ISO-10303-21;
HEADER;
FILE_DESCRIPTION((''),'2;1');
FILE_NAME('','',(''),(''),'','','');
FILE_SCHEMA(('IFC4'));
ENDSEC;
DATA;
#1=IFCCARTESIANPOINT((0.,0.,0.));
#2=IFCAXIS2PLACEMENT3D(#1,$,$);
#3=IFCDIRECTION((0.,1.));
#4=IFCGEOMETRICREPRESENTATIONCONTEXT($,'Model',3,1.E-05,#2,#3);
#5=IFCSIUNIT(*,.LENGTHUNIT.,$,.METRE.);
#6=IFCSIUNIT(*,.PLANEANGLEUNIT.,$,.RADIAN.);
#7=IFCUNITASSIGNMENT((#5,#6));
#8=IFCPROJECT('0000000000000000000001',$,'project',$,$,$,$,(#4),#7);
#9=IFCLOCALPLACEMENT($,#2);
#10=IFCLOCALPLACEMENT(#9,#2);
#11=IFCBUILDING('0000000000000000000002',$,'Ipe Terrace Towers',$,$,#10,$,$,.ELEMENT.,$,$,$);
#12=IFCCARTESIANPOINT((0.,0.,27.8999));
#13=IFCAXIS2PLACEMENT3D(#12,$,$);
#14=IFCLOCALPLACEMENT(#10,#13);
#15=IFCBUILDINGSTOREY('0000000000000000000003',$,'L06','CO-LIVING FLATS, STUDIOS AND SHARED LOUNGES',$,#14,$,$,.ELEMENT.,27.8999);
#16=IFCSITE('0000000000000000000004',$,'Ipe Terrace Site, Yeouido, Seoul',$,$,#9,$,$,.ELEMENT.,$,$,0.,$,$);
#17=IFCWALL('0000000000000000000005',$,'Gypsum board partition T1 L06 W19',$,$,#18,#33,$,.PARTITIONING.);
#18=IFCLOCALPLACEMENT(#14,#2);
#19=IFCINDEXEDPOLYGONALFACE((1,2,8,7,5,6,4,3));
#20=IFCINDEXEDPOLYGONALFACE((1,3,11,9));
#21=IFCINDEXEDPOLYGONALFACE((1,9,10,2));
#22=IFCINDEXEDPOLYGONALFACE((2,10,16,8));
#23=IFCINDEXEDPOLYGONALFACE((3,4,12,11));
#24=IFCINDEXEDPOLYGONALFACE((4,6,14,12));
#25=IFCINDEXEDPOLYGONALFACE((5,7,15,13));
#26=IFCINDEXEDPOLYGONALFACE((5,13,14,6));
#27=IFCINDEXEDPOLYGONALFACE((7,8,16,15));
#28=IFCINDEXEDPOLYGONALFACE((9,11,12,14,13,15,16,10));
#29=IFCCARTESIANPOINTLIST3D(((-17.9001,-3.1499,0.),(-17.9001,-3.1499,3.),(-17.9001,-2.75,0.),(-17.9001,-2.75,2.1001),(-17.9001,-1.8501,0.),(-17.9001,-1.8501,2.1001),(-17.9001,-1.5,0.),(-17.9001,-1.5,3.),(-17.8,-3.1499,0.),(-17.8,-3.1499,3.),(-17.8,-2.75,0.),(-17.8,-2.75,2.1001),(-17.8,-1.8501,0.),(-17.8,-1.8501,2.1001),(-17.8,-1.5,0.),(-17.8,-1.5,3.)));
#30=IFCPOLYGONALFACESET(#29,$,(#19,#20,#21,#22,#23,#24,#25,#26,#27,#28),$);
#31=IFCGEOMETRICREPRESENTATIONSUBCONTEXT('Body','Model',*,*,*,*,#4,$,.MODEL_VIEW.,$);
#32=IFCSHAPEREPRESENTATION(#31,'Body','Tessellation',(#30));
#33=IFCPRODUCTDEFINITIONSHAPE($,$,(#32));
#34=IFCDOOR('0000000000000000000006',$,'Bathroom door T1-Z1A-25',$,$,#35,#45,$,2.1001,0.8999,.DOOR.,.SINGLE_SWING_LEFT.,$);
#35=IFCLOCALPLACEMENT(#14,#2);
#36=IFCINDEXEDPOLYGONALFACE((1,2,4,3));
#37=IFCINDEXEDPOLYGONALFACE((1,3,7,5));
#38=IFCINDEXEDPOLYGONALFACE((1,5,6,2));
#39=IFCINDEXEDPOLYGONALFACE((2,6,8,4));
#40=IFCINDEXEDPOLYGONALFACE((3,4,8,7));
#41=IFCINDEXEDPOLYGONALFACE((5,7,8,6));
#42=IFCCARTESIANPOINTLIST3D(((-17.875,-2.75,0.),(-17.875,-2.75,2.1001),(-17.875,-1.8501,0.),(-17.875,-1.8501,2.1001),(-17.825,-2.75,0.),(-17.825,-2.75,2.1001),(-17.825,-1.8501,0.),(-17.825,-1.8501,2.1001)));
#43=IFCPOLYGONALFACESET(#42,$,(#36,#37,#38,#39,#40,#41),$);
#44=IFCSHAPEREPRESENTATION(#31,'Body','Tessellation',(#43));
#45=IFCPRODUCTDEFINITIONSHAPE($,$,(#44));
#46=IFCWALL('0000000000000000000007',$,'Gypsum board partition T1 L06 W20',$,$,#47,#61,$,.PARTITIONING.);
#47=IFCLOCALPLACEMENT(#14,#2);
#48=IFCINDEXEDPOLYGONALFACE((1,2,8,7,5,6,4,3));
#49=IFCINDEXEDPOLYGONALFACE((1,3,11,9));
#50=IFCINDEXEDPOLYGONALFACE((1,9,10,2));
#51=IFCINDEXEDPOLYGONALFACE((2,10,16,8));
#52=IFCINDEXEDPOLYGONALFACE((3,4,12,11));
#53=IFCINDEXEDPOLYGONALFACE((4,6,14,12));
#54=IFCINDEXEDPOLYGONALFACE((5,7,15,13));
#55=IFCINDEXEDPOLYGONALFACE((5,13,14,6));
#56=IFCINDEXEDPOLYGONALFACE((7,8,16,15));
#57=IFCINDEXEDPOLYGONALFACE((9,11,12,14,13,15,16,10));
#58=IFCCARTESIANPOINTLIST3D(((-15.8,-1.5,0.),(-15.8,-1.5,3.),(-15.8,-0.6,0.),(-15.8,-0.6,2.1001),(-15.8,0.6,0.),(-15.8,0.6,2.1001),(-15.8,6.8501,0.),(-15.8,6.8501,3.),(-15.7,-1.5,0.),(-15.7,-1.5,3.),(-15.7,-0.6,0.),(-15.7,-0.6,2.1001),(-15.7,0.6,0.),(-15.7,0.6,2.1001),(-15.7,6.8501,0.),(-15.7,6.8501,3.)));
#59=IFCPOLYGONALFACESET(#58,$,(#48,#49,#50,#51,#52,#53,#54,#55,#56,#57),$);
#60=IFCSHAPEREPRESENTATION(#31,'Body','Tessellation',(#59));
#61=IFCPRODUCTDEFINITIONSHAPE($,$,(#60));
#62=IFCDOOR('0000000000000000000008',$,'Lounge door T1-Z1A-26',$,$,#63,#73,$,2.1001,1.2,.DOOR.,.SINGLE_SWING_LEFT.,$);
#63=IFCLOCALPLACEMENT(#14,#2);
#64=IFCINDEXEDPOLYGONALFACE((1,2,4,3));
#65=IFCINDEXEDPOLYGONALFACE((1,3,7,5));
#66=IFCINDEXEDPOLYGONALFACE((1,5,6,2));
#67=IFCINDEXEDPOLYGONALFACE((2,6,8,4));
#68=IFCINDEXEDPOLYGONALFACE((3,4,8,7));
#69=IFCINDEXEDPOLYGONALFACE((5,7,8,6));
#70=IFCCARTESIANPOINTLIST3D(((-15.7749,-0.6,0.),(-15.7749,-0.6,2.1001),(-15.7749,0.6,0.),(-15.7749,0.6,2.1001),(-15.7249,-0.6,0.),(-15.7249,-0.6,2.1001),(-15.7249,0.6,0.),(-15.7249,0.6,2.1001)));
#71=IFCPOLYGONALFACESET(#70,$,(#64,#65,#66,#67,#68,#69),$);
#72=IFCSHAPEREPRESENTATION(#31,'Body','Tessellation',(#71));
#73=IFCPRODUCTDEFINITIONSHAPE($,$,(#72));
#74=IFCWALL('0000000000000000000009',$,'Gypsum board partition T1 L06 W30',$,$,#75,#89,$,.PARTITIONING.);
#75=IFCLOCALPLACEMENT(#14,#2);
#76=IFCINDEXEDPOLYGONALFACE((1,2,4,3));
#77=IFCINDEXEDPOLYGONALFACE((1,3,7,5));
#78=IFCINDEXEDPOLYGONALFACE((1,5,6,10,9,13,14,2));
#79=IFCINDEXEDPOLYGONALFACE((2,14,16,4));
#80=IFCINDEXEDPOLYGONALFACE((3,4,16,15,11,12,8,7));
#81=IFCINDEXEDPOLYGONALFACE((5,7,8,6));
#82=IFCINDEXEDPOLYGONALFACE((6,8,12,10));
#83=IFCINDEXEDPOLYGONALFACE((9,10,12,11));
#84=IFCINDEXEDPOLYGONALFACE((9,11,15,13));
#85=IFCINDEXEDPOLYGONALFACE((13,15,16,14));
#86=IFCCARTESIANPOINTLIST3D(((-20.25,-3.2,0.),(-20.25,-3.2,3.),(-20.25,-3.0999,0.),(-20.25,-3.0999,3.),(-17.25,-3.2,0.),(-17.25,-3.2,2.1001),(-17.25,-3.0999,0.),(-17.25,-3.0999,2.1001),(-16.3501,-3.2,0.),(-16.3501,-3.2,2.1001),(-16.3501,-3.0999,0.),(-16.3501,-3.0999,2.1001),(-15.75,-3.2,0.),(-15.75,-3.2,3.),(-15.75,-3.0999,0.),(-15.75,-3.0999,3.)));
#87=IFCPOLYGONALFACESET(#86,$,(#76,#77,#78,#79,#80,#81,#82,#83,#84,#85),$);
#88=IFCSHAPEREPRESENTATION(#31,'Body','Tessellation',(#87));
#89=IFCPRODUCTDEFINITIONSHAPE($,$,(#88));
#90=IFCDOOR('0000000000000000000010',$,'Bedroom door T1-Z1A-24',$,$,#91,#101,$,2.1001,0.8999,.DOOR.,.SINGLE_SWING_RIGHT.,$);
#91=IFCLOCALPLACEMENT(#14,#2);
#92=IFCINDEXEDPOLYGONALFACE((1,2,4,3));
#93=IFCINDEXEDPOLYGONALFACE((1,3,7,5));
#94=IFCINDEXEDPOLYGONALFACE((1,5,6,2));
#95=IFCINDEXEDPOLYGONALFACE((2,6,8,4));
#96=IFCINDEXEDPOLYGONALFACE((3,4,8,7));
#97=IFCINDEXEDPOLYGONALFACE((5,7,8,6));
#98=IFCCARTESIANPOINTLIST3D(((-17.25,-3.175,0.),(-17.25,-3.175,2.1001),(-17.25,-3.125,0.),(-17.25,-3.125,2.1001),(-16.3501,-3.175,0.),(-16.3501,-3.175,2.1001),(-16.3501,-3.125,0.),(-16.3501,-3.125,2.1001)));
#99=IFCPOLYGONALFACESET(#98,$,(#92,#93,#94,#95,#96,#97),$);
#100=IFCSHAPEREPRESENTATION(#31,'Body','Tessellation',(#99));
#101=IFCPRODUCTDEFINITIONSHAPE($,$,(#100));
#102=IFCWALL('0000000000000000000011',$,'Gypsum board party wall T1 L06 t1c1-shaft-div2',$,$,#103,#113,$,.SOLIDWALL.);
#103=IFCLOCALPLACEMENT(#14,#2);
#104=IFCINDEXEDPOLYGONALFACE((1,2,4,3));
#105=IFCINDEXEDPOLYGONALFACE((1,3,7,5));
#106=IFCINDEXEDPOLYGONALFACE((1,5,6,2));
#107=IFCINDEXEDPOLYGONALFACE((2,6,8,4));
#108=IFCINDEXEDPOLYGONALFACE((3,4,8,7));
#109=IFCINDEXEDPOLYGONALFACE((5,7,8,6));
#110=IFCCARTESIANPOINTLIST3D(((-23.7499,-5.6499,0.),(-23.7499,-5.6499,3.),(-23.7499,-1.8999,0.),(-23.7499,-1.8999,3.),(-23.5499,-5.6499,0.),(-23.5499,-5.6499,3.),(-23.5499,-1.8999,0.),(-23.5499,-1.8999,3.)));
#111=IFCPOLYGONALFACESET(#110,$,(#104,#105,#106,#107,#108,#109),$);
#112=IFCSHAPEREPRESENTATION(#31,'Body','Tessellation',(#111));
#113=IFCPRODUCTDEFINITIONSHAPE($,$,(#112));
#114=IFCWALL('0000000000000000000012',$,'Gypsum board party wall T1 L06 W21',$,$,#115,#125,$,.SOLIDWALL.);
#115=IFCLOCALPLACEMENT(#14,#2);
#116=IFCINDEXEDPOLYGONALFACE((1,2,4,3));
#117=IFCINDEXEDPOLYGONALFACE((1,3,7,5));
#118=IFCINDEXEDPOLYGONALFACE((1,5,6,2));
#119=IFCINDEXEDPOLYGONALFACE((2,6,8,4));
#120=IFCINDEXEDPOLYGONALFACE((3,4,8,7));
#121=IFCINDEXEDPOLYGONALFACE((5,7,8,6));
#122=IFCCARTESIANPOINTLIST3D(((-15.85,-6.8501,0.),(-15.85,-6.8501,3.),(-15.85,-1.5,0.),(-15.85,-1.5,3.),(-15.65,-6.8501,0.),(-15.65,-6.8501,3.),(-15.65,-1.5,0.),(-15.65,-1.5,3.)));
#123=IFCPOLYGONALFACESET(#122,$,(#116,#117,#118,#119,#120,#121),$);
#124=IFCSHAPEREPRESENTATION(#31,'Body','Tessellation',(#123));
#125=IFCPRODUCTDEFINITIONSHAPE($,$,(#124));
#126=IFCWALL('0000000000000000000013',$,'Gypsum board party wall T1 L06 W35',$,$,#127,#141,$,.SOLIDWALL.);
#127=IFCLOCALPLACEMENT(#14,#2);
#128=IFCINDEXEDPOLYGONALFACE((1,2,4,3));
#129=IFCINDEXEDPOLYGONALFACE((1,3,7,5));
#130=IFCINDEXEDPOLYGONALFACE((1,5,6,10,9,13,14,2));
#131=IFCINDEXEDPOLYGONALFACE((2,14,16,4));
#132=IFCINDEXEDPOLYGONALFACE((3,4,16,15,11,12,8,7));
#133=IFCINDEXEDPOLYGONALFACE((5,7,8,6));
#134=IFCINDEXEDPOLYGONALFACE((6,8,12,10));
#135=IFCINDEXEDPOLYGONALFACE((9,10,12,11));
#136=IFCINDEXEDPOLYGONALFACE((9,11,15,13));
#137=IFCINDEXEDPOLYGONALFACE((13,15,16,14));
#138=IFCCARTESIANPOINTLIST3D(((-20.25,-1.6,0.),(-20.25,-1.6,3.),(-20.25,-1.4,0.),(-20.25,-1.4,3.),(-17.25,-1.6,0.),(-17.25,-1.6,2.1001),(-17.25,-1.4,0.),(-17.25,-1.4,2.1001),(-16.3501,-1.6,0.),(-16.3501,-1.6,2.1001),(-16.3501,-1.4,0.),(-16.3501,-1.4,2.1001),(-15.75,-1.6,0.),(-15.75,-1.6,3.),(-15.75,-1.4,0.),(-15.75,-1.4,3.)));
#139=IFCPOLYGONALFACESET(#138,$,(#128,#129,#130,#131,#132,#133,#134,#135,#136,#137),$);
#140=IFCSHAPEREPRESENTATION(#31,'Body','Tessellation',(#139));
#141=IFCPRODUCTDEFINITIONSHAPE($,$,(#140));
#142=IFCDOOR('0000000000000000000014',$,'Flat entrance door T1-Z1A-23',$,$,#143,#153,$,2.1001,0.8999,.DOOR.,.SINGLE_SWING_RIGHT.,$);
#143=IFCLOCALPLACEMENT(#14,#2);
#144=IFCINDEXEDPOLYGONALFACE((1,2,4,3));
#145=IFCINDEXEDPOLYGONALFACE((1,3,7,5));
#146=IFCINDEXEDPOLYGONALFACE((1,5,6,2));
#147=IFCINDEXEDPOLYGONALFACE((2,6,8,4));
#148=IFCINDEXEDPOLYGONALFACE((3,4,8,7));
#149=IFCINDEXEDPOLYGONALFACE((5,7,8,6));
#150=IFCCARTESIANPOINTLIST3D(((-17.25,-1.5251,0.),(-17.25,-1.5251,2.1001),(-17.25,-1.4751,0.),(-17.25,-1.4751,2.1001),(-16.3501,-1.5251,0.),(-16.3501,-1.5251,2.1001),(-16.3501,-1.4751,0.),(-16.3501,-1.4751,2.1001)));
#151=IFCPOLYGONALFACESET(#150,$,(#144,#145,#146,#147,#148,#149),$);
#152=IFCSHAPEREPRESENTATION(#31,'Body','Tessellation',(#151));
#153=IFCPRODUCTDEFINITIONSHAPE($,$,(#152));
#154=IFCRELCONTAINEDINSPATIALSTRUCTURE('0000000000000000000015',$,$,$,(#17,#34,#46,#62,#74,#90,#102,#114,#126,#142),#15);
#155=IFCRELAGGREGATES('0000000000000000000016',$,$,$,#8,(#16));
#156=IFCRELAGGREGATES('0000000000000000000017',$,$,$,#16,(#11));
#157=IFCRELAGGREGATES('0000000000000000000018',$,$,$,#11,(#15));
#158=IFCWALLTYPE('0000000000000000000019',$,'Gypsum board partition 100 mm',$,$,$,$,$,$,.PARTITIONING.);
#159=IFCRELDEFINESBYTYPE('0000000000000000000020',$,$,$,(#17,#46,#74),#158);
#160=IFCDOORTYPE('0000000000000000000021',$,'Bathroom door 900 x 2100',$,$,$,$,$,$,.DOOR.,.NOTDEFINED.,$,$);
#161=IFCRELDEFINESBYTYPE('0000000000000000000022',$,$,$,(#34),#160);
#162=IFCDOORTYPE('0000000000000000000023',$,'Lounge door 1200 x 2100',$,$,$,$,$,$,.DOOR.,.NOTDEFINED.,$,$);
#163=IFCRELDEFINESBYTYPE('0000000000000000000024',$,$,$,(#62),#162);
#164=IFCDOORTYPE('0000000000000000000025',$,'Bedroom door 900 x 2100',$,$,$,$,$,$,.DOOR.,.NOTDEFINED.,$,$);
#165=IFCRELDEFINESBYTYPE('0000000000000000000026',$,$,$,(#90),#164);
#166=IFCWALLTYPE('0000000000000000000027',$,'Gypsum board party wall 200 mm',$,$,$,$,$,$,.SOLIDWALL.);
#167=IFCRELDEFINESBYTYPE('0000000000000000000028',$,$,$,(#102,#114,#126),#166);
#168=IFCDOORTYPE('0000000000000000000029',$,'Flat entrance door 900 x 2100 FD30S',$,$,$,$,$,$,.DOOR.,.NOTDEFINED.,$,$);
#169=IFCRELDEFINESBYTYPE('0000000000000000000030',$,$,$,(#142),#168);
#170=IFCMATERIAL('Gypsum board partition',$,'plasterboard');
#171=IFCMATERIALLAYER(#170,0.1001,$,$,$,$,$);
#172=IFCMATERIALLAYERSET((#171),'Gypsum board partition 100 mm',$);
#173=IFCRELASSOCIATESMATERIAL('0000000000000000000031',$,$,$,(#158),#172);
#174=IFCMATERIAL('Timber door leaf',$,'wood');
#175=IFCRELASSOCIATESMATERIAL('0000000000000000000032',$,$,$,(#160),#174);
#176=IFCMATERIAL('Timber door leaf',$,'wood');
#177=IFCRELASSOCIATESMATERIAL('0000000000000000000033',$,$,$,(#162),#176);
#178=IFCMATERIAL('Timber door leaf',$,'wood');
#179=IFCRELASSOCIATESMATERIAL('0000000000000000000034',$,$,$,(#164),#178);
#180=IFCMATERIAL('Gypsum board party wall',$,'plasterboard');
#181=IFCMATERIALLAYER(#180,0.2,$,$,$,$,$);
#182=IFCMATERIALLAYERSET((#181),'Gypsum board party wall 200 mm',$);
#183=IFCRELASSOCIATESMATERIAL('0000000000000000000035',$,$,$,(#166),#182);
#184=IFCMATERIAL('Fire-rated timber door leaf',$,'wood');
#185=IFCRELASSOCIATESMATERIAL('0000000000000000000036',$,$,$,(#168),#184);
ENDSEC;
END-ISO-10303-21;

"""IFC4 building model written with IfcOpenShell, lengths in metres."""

from ifc_helpers import new_model, si_unit, direction, frame, frame_2d, origin, place, context, subcontext, project, spatial, rectangle, extrude, material, layer, layer_set, type_object, element, fill, save


model = new_model("IFC4")

# Units and contexts
model_context = context("Model", 3, precision=1e-05, world=origin(), true_north=direction((0.0, 1.0)))
body_context = subcontext(model_context, "Body", "Model", "MODEL_VIEW")
ifc_project = project(units=[si_unit("LENGTHUNIT", "METRE"), si_unit("PLANEANGLEUNIT", "RADIAN")], contexts=[model_context])

# Site, building, storey
site_placement = place(None, origin())
site = spatial("IfcSite", under=ifc_project, at=site_placement, Name="Ipe Terrace Site, Yeouido, Seoul", CompositionType="ELEMENT", RefElevation=0.0)
building_placement = place(site_placement, origin())
building = spatial("IfcBuilding", under=site, at=building_placement, Name="Ipe Terrace Towers", CompositionType="ELEMENT")
storey_placement = place(building_placement, frame((0.0, 0.0, 27.8999)))
storey = spatial("IfcBuildingStorey", under=building, at=storey_placement, Name="L06", Description="CO-LIVING FLATS, STUDIOS AND SHARED LOUNGES", CompositionType="ELEMENT", Elevation=27.8999)

# Walls, openings, doors
ifc_material_1 = material(Name="Gypsum board partition", Category="plasterboard")
ifc_layer_1 = layer(ifc_material_1, 0.1001)
ifc_layer_set_1 = layer_set([ifc_layer_1], Name="Gypsum board partition 100 mm")
wall_type_1 = type_object("IfcWallType", Name="Gypsum board partition 100 mm", PredefinedType="PARTITIONING", material=ifc_layer_set_1)
wall_1_placement = place(storey_placement, frame((-17.8501, -3.1499, 0.0), z_axis=(0.0, 0.0, 1.0), x_axis=(0.0, 1.0, 0.0)))
wall_1 = element("IfcWall", 1, at=wall_1_placement, inside=storey, type_object=wall_type_1, Name="Gypsum board partition T1 L06 W19", PredefinedType="PARTITIONING", context=body_context, shape_type="SweptSolid", body=[
    extrude(rectangle(XDim=1.6499, YDim=0.1001, at=frame_2d((0.825, 0.0))), origin(), (0.0, 0.0, 1.0), 3.0),
])
opening_1_placement = place(wall_1_placement, frame((0.3999, 0.0, 0.0)))
opening_1 = element("IfcOpeningElement", 2, at=opening_1_placement, cuts=wall_1, PredefinedType="OPENING", context=body_context, shape_type="SweptSolid", body=[
    extrude(rectangle(XDim=0.8999, YDim=2.1001, at=frame_2d((0.45, 1.05))), frame((0.0, 0.0601, 0.0), z_axis=(0.0, -1.0, 0.0), x_axis=(1.0, 0.0, 0.0)), (0.0, 0.0, 1.0), 0.1201),
])
ifc_material_2 = material(Name="Timber door leaf", Category="wood")
door_type_1 = type_object("IfcDoorType", Name="Bathroom door 900 x 2100", OperationType="NOTDEFINED", PredefinedType="DOOR", material=ifc_material_2)
door_1_placement = place(opening_1_placement, origin())
door_1 = element("IfcDoor", 3, at=door_1_placement, inside=storey, type_object=door_type_1, Name="Bathroom door T1-Z1A-25", OperationType="SINGLE_SWING_LEFT", OverallHeight=2.1001, OverallWidth=0.8999, PredefinedType="DOOR", context=body_context, shape_type="SweptSolid", body=[
    extrude(rectangle(XDim=0.8999, YDim=2.1001, at=frame_2d((0.45, 1.05))), frame((0.0, 0.0249, 0.0), z_axis=(0.0, -1.0, 0.0), x_axis=(1.0, 0.0, 0.0)), (0.0, 0.0, 1.0), 0.05),
])
fill(opening_1, door_1)
wall_2_placement = place(storey_placement, frame((-15.75, -1.5, 0.0), z_axis=(0.0, 0.0, 1.0), x_axis=(0.0, 1.0, 0.0)))
wall_2 = element("IfcWall", 4, at=wall_2_placement, inside=storey, type_object=wall_type_1, Name="Gypsum board partition T1 L06 W20", PredefinedType="PARTITIONING", context=body_context, shape_type="SweptSolid", body=[
    extrude(rectangle(XDim=8.3501, YDim=0.1001, at=frame_2d((4.175, 0.0))), origin(), (0.0, 0.0, 1.0), 3.0),
])
opening_2_placement = place(wall_2_placement, frame((0.8999, 0.0, 0.0)))
opening_2 = element("IfcOpeningElement", 5, at=opening_2_placement, cuts=wall_2, PredefinedType="OPENING", context=body_context, shape_type="SweptSolid", body=[
    extrude(rectangle(XDim=1.2, YDim=2.1001, at=frame_2d((0.6001, 1.05))), frame((0.0, 0.0601, 0.0), z_axis=(0.0, -1.0, 0.0), x_axis=(1.0, 0.0, 0.0)), (0.0, 0.0, 1.0), 0.1201),
])
ifc_material_3 = material(Name="Timber door leaf", Category="wood")
door_type_2 = type_object("IfcDoorType", Name="Lounge door 1200 x 2100", OperationType="NOTDEFINED", PredefinedType="DOOR", material=ifc_material_3)
door_2_placement = place(opening_2_placement, origin())
door_2 = element("IfcDoor", 6, at=door_2_placement, inside=storey, type_object=door_type_2, Name="Lounge door T1-Z1A-26", OperationType="SINGLE_SWING_LEFT", OverallHeight=2.1001, OverallWidth=1.2, PredefinedType="DOOR", context=body_context, shape_type="SweptSolid", body=[
    extrude(rectangle(XDim=1.2, YDim=2.1001, at=frame_2d((0.6001, 1.05))), frame((0.0, 0.0249, 0.0), z_axis=(0.0, -1.0, 0.0), x_axis=(1.0, 0.0, 0.0)), (0.0, 0.0, 1.0), 0.05),
])
fill(opening_2, door_2)
wall_3_placement = place(storey_placement, frame((-20.25, -3.1499, 0.0), z_axis=(0.0, 0.0, 1.0), x_axis=(1.0, 0.0, 0.0)))
wall_3 = element("IfcWall", 7, at=wall_3_placement, inside=storey, type_object=wall_type_1, Name="Gypsum board partition T1 L06 W30", PredefinedType="PARTITIONING", context=body_context, shape_type="SweptSolid", body=[
    extrude(rectangle(XDim=4.5, YDim=0.1001, at=frame_2d((2.25, 0.0))), origin(), (0.0, 0.0, 1.0), 3.0),
])
opening_3_placement = place(wall_3_placement, frame((3.0, 0.0, 0.0)))
opening_3 = element("IfcOpeningElement", 8, at=opening_3_placement, cuts=wall_3, PredefinedType="OPENING", context=body_context, shape_type="SweptSolid", body=[
    extrude(rectangle(XDim=0.8999, YDim=2.1001, at=frame_2d((0.45, 1.05))), frame((0.0, 0.0601, 0.0), z_axis=(0.0, -1.0, 0.0), x_axis=(1.0, 0.0, 0.0)), (0.0, 0.0, 1.0), 0.1201),
])
ifc_material_4 = material(Name="Timber door leaf", Category="wood")
door_type_3 = type_object("IfcDoorType", Name="Bedroom door 900 x 2100", OperationType="NOTDEFINED", PredefinedType="DOOR", material=ifc_material_4)
door_3_placement = place(opening_3_placement, origin())
door_3 = element("IfcDoor", 9, at=door_3_placement, inside=storey, type_object=door_type_3, Name="Bedroom door T1-Z1A-24", OperationType="SINGLE_SWING_RIGHT", OverallHeight=2.1001, OverallWidth=0.8999, PredefinedType="DOOR", context=body_context, shape_type="SweptSolid", body=[
    extrude(rectangle(XDim=0.8999, YDim=2.1001, at=frame_2d((0.45, 1.05))), frame((0.0, 0.0249, 0.0), z_axis=(0.0, -1.0, 0.0), x_axis=(1.0, 0.0, 0.0)), (0.0, 0.0, 1.0), 0.05),
])
fill(opening_3, door_3)

# Walls
ifc_material_5 = material(Name="Gypsum board party wall", Category="plasterboard")
ifc_layer_2 = layer(ifc_material_5, 0.2)
ifc_layer_set_2 = layer_set([ifc_layer_2], Name="Gypsum board party wall 200 mm")
wall_type_2 = type_object("IfcWallType", Name="Gypsum board party wall 200 mm", PredefinedType="SOLIDWALL", material=ifc_layer_set_2)
wall_4_placement = place(storey_placement, frame((-23.6499, -5.6499, 0.0), z_axis=(0.0, 0.0, 1.0), x_axis=(0.0, 1.0, 0.0)))
element("IfcWall", 10, at=wall_4_placement, inside=storey, type_object=wall_type_2, Name="Gypsum board party wall T1 L06 t1c1-shaft-div2", PredefinedType="SOLIDWALL", context=body_context, shape_type="SweptSolid", body=[
    extrude(rectangle(XDim=3.75, YDim=0.2, at=frame_2d((1.875, 0.0))), origin(), (0.0, 0.0, 1.0), 3.0),
])
wall_5_placement = place(storey_placement, frame((-15.75, -6.8501, 0.0), z_axis=(0.0, 0.0, 1.0), x_axis=(0.0, 1.0, 0.0)))
element("IfcWall", 11, at=wall_5_placement, inside=storey, type_object=wall_type_2, Name="Gypsum board party wall T1 L06 W21", PredefinedType="SOLIDWALL", context=body_context, shape_type="SweptSolid", body=[
    extrude(rectangle(XDim=5.3501, YDim=0.2, at=frame_2d((2.675, 0.0))), origin(), (0.0, 0.0, 1.0), 3.0),
])

# Wall, opening, door
wall_6_placement = place(storey_placement, frame((-20.25, -1.5, 0.0), z_axis=(0.0, 0.0, 1.0), x_axis=(1.0, 0.0, 0.0)))
wall_6 = element("IfcWall", 12, at=wall_6_placement, inside=storey, type_object=wall_type_2, Name="Gypsum board party wall T1 L06 W35", PredefinedType="SOLIDWALL", context=body_context, shape_type="SweptSolid", body=[
    extrude(rectangle(XDim=4.5, YDim=0.2, at=frame_2d((2.25, 0.0))), origin(), (0.0, 0.0, 1.0), 3.0),
])
opening_4_placement = place(wall_6_placement, frame((3.0, 0.0, 0.0)))
opening_4 = element("IfcOpeningElement", 13, at=opening_4_placement, cuts=wall_6, PredefinedType="OPENING", context=body_context, shape_type="SweptSolid", body=[
    extrude(rectangle(XDim=0.8999, YDim=2.1001, at=frame_2d((0.45, 1.05))), frame((0.0, 0.1099, 0.0), z_axis=(0.0, -1.0, 0.0), x_axis=(1.0, 0.0, 0.0)), (0.0, 0.0, 1.0), 0.22),
])
ifc_material_6 = material(Name="Fire-rated timber door leaf", Category="wood")
door_type_4 = type_object("IfcDoorType", Name="Flat entrance door 900 x 2100 FD30S", OperationType="NOTDEFINED", PredefinedType="DOOR", material=ifc_material_6)
door_4_placement = place(opening_4_placement, origin())
door_4 = element("IfcDoor", 14, at=door_4_placement, inside=storey, type_object=door_type_4, Name="Flat entrance door T1-Z1A-23", OperationType="SINGLE_SWING_RIGHT", OverallHeight=2.1001, OverallWidth=0.8999, PredefinedType="DOOR", context=body_context, shape_type="SweptSolid", body=[
    extrude(rectangle(XDim=0.8999, YDim=2.1001, at=frame_2d((0.45, 1.05))), frame((0.0, 0.0249, 0.0), z_axis=(0.0, -1.0, 0.0), x_axis=(1.0, 0.0, 0.0)), (0.0, 0.0, 1.0), 0.05),
])
fill(opening_4, door_4)

save(model, "model.ifc")
